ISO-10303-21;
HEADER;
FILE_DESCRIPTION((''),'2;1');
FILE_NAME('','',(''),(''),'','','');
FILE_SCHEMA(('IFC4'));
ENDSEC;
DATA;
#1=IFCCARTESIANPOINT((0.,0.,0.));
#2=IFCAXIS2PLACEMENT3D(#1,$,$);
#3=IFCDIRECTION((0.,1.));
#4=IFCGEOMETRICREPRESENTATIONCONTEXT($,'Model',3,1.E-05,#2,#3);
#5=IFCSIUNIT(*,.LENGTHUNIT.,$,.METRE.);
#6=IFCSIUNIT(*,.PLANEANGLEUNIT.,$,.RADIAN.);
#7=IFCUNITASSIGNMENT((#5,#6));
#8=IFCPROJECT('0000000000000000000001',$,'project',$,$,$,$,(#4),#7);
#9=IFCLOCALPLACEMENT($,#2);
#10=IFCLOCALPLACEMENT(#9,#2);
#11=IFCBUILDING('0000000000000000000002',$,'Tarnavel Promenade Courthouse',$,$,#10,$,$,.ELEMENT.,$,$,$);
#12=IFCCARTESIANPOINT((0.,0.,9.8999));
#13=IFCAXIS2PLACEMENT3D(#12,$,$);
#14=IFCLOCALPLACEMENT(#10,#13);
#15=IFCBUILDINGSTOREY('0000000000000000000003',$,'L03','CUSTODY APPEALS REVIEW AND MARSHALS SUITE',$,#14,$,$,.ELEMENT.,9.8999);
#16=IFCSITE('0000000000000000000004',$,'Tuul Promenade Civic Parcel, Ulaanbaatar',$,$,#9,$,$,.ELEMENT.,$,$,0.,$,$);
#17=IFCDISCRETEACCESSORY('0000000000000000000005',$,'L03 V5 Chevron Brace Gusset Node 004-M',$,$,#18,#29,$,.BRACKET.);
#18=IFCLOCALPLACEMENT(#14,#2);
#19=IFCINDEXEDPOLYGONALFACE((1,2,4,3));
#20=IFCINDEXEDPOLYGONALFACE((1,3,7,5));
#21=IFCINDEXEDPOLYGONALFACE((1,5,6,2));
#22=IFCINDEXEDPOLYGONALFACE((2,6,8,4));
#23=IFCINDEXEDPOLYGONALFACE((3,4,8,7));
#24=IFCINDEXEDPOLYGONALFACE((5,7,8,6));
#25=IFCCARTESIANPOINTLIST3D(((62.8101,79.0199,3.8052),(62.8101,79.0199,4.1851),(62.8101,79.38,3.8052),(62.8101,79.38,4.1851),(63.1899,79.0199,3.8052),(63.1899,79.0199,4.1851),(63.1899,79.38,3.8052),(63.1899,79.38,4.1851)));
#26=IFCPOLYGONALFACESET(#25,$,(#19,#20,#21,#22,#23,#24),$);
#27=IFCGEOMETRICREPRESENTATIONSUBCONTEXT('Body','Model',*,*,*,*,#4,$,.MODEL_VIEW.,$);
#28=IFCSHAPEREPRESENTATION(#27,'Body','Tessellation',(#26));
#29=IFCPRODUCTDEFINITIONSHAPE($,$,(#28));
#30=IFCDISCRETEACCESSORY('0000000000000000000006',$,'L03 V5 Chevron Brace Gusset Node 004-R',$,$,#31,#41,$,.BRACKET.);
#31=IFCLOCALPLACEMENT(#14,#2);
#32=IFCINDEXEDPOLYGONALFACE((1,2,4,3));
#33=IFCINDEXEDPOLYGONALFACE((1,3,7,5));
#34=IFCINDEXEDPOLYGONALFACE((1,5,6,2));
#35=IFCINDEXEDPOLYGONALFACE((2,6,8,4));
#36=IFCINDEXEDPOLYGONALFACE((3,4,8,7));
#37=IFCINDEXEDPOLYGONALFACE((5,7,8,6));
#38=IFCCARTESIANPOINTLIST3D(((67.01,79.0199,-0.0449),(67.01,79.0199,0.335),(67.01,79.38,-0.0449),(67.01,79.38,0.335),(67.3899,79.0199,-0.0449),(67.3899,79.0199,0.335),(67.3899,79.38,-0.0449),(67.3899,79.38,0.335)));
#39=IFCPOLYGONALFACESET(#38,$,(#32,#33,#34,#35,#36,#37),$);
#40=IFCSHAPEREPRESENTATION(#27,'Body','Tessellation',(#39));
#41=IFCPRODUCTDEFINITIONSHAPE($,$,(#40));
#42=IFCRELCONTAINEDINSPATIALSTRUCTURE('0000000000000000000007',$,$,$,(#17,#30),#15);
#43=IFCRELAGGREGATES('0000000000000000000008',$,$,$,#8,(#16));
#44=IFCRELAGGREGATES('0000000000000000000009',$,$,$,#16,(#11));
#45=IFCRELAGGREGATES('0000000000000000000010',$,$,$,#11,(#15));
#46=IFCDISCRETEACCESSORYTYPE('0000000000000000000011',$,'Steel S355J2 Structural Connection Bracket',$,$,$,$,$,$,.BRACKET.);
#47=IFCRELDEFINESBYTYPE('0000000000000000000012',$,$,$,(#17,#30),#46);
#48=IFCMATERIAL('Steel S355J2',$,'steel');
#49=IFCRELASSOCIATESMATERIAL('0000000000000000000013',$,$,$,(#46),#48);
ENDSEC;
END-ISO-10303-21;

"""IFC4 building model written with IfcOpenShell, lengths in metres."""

from ifc_helpers import new_model, si_unit, direction, frame, origin, origin_2d, place, context, subcontext, project, spatial, rectangle, extrude, material, type_object, element, save


model = new_model("IFC4")

# Units and contexts
model_context = context("Model", 3, precision=1e-05, world=origin(), true_north=direction((0.0, 1.0)))
body_context = subcontext(model_context, "Body", "Model", "MODEL_VIEW")
ifc_project = project(units=[si_unit("LENGTHUNIT", "METRE"), si_unit("PLANEANGLEUNIT", "RADIAN")], contexts=[model_context])

# Site, building, storey
site_placement = place(None, origin())
site = spatial("IfcSite", under=ifc_project, at=site_placement, Name="Tuul Promenade Civic Parcel, Ulaanbaatar", CompositionType="ELEMENT", RefElevation=0.0)
building_placement = place(site_placement, origin())
building = spatial("IfcBuilding", under=site, at=building_placement, Name="Tarnavel Promenade Courthouse", CompositionType="ELEMENT")
storey_placement = place(building_placement, frame((0.0, 0.0, 9.8999)))
storey = spatial("IfcBuildingStorey", under=building, at=storey_placement, Name="L03", Description="CUSTODY APPEALS REVIEW AND MARSHALS SUITE", CompositionType="ELEMENT", Elevation=9.8999)

# Shared definitions
ifc_material_1 = material(Name="Steel S355J2", Category="steel")

# Discrete accessories
discrete_accessory_type_1 = type_object("IfcDiscreteAccessoryType", Name="Steel S355J2 Structural Connection Bracket", PredefinedType="BRACKET", material=ifc_material_1)
for number, where, z_axis, x_axis, name in (
    (1, (63.0, 79.2, 3.8052), (0.0, 0.0, 1.0), (1.0, 0.0, 0.0), "L03 V5 Chevron Brace Gusset Node 004-M"),
    (2, (67.2, 79.2, -0.0449), (0.0, 0.0, 1.0), (1.0, 0.0, 0.0), "L03 V5 Chevron Brace Gusset Node 004-R"),
):
    element("IfcDiscreteAccessory", number, at=place(storey_placement, frame(where, z_axis=z_axis, x_axis=x_axis)), inside=storey, type_object=discrete_accessory_type_1, Name=name, PredefinedType="BRACKET", context=body_context, shape_type="SweptSolid", body=[
        extrude(rectangle(XDim=0.3799, YDim=0.3601, at=origin_2d()), origin(), (0.0, 0.0, 1.0), 0.3799),
    ])

save(model, "model.ifc")
